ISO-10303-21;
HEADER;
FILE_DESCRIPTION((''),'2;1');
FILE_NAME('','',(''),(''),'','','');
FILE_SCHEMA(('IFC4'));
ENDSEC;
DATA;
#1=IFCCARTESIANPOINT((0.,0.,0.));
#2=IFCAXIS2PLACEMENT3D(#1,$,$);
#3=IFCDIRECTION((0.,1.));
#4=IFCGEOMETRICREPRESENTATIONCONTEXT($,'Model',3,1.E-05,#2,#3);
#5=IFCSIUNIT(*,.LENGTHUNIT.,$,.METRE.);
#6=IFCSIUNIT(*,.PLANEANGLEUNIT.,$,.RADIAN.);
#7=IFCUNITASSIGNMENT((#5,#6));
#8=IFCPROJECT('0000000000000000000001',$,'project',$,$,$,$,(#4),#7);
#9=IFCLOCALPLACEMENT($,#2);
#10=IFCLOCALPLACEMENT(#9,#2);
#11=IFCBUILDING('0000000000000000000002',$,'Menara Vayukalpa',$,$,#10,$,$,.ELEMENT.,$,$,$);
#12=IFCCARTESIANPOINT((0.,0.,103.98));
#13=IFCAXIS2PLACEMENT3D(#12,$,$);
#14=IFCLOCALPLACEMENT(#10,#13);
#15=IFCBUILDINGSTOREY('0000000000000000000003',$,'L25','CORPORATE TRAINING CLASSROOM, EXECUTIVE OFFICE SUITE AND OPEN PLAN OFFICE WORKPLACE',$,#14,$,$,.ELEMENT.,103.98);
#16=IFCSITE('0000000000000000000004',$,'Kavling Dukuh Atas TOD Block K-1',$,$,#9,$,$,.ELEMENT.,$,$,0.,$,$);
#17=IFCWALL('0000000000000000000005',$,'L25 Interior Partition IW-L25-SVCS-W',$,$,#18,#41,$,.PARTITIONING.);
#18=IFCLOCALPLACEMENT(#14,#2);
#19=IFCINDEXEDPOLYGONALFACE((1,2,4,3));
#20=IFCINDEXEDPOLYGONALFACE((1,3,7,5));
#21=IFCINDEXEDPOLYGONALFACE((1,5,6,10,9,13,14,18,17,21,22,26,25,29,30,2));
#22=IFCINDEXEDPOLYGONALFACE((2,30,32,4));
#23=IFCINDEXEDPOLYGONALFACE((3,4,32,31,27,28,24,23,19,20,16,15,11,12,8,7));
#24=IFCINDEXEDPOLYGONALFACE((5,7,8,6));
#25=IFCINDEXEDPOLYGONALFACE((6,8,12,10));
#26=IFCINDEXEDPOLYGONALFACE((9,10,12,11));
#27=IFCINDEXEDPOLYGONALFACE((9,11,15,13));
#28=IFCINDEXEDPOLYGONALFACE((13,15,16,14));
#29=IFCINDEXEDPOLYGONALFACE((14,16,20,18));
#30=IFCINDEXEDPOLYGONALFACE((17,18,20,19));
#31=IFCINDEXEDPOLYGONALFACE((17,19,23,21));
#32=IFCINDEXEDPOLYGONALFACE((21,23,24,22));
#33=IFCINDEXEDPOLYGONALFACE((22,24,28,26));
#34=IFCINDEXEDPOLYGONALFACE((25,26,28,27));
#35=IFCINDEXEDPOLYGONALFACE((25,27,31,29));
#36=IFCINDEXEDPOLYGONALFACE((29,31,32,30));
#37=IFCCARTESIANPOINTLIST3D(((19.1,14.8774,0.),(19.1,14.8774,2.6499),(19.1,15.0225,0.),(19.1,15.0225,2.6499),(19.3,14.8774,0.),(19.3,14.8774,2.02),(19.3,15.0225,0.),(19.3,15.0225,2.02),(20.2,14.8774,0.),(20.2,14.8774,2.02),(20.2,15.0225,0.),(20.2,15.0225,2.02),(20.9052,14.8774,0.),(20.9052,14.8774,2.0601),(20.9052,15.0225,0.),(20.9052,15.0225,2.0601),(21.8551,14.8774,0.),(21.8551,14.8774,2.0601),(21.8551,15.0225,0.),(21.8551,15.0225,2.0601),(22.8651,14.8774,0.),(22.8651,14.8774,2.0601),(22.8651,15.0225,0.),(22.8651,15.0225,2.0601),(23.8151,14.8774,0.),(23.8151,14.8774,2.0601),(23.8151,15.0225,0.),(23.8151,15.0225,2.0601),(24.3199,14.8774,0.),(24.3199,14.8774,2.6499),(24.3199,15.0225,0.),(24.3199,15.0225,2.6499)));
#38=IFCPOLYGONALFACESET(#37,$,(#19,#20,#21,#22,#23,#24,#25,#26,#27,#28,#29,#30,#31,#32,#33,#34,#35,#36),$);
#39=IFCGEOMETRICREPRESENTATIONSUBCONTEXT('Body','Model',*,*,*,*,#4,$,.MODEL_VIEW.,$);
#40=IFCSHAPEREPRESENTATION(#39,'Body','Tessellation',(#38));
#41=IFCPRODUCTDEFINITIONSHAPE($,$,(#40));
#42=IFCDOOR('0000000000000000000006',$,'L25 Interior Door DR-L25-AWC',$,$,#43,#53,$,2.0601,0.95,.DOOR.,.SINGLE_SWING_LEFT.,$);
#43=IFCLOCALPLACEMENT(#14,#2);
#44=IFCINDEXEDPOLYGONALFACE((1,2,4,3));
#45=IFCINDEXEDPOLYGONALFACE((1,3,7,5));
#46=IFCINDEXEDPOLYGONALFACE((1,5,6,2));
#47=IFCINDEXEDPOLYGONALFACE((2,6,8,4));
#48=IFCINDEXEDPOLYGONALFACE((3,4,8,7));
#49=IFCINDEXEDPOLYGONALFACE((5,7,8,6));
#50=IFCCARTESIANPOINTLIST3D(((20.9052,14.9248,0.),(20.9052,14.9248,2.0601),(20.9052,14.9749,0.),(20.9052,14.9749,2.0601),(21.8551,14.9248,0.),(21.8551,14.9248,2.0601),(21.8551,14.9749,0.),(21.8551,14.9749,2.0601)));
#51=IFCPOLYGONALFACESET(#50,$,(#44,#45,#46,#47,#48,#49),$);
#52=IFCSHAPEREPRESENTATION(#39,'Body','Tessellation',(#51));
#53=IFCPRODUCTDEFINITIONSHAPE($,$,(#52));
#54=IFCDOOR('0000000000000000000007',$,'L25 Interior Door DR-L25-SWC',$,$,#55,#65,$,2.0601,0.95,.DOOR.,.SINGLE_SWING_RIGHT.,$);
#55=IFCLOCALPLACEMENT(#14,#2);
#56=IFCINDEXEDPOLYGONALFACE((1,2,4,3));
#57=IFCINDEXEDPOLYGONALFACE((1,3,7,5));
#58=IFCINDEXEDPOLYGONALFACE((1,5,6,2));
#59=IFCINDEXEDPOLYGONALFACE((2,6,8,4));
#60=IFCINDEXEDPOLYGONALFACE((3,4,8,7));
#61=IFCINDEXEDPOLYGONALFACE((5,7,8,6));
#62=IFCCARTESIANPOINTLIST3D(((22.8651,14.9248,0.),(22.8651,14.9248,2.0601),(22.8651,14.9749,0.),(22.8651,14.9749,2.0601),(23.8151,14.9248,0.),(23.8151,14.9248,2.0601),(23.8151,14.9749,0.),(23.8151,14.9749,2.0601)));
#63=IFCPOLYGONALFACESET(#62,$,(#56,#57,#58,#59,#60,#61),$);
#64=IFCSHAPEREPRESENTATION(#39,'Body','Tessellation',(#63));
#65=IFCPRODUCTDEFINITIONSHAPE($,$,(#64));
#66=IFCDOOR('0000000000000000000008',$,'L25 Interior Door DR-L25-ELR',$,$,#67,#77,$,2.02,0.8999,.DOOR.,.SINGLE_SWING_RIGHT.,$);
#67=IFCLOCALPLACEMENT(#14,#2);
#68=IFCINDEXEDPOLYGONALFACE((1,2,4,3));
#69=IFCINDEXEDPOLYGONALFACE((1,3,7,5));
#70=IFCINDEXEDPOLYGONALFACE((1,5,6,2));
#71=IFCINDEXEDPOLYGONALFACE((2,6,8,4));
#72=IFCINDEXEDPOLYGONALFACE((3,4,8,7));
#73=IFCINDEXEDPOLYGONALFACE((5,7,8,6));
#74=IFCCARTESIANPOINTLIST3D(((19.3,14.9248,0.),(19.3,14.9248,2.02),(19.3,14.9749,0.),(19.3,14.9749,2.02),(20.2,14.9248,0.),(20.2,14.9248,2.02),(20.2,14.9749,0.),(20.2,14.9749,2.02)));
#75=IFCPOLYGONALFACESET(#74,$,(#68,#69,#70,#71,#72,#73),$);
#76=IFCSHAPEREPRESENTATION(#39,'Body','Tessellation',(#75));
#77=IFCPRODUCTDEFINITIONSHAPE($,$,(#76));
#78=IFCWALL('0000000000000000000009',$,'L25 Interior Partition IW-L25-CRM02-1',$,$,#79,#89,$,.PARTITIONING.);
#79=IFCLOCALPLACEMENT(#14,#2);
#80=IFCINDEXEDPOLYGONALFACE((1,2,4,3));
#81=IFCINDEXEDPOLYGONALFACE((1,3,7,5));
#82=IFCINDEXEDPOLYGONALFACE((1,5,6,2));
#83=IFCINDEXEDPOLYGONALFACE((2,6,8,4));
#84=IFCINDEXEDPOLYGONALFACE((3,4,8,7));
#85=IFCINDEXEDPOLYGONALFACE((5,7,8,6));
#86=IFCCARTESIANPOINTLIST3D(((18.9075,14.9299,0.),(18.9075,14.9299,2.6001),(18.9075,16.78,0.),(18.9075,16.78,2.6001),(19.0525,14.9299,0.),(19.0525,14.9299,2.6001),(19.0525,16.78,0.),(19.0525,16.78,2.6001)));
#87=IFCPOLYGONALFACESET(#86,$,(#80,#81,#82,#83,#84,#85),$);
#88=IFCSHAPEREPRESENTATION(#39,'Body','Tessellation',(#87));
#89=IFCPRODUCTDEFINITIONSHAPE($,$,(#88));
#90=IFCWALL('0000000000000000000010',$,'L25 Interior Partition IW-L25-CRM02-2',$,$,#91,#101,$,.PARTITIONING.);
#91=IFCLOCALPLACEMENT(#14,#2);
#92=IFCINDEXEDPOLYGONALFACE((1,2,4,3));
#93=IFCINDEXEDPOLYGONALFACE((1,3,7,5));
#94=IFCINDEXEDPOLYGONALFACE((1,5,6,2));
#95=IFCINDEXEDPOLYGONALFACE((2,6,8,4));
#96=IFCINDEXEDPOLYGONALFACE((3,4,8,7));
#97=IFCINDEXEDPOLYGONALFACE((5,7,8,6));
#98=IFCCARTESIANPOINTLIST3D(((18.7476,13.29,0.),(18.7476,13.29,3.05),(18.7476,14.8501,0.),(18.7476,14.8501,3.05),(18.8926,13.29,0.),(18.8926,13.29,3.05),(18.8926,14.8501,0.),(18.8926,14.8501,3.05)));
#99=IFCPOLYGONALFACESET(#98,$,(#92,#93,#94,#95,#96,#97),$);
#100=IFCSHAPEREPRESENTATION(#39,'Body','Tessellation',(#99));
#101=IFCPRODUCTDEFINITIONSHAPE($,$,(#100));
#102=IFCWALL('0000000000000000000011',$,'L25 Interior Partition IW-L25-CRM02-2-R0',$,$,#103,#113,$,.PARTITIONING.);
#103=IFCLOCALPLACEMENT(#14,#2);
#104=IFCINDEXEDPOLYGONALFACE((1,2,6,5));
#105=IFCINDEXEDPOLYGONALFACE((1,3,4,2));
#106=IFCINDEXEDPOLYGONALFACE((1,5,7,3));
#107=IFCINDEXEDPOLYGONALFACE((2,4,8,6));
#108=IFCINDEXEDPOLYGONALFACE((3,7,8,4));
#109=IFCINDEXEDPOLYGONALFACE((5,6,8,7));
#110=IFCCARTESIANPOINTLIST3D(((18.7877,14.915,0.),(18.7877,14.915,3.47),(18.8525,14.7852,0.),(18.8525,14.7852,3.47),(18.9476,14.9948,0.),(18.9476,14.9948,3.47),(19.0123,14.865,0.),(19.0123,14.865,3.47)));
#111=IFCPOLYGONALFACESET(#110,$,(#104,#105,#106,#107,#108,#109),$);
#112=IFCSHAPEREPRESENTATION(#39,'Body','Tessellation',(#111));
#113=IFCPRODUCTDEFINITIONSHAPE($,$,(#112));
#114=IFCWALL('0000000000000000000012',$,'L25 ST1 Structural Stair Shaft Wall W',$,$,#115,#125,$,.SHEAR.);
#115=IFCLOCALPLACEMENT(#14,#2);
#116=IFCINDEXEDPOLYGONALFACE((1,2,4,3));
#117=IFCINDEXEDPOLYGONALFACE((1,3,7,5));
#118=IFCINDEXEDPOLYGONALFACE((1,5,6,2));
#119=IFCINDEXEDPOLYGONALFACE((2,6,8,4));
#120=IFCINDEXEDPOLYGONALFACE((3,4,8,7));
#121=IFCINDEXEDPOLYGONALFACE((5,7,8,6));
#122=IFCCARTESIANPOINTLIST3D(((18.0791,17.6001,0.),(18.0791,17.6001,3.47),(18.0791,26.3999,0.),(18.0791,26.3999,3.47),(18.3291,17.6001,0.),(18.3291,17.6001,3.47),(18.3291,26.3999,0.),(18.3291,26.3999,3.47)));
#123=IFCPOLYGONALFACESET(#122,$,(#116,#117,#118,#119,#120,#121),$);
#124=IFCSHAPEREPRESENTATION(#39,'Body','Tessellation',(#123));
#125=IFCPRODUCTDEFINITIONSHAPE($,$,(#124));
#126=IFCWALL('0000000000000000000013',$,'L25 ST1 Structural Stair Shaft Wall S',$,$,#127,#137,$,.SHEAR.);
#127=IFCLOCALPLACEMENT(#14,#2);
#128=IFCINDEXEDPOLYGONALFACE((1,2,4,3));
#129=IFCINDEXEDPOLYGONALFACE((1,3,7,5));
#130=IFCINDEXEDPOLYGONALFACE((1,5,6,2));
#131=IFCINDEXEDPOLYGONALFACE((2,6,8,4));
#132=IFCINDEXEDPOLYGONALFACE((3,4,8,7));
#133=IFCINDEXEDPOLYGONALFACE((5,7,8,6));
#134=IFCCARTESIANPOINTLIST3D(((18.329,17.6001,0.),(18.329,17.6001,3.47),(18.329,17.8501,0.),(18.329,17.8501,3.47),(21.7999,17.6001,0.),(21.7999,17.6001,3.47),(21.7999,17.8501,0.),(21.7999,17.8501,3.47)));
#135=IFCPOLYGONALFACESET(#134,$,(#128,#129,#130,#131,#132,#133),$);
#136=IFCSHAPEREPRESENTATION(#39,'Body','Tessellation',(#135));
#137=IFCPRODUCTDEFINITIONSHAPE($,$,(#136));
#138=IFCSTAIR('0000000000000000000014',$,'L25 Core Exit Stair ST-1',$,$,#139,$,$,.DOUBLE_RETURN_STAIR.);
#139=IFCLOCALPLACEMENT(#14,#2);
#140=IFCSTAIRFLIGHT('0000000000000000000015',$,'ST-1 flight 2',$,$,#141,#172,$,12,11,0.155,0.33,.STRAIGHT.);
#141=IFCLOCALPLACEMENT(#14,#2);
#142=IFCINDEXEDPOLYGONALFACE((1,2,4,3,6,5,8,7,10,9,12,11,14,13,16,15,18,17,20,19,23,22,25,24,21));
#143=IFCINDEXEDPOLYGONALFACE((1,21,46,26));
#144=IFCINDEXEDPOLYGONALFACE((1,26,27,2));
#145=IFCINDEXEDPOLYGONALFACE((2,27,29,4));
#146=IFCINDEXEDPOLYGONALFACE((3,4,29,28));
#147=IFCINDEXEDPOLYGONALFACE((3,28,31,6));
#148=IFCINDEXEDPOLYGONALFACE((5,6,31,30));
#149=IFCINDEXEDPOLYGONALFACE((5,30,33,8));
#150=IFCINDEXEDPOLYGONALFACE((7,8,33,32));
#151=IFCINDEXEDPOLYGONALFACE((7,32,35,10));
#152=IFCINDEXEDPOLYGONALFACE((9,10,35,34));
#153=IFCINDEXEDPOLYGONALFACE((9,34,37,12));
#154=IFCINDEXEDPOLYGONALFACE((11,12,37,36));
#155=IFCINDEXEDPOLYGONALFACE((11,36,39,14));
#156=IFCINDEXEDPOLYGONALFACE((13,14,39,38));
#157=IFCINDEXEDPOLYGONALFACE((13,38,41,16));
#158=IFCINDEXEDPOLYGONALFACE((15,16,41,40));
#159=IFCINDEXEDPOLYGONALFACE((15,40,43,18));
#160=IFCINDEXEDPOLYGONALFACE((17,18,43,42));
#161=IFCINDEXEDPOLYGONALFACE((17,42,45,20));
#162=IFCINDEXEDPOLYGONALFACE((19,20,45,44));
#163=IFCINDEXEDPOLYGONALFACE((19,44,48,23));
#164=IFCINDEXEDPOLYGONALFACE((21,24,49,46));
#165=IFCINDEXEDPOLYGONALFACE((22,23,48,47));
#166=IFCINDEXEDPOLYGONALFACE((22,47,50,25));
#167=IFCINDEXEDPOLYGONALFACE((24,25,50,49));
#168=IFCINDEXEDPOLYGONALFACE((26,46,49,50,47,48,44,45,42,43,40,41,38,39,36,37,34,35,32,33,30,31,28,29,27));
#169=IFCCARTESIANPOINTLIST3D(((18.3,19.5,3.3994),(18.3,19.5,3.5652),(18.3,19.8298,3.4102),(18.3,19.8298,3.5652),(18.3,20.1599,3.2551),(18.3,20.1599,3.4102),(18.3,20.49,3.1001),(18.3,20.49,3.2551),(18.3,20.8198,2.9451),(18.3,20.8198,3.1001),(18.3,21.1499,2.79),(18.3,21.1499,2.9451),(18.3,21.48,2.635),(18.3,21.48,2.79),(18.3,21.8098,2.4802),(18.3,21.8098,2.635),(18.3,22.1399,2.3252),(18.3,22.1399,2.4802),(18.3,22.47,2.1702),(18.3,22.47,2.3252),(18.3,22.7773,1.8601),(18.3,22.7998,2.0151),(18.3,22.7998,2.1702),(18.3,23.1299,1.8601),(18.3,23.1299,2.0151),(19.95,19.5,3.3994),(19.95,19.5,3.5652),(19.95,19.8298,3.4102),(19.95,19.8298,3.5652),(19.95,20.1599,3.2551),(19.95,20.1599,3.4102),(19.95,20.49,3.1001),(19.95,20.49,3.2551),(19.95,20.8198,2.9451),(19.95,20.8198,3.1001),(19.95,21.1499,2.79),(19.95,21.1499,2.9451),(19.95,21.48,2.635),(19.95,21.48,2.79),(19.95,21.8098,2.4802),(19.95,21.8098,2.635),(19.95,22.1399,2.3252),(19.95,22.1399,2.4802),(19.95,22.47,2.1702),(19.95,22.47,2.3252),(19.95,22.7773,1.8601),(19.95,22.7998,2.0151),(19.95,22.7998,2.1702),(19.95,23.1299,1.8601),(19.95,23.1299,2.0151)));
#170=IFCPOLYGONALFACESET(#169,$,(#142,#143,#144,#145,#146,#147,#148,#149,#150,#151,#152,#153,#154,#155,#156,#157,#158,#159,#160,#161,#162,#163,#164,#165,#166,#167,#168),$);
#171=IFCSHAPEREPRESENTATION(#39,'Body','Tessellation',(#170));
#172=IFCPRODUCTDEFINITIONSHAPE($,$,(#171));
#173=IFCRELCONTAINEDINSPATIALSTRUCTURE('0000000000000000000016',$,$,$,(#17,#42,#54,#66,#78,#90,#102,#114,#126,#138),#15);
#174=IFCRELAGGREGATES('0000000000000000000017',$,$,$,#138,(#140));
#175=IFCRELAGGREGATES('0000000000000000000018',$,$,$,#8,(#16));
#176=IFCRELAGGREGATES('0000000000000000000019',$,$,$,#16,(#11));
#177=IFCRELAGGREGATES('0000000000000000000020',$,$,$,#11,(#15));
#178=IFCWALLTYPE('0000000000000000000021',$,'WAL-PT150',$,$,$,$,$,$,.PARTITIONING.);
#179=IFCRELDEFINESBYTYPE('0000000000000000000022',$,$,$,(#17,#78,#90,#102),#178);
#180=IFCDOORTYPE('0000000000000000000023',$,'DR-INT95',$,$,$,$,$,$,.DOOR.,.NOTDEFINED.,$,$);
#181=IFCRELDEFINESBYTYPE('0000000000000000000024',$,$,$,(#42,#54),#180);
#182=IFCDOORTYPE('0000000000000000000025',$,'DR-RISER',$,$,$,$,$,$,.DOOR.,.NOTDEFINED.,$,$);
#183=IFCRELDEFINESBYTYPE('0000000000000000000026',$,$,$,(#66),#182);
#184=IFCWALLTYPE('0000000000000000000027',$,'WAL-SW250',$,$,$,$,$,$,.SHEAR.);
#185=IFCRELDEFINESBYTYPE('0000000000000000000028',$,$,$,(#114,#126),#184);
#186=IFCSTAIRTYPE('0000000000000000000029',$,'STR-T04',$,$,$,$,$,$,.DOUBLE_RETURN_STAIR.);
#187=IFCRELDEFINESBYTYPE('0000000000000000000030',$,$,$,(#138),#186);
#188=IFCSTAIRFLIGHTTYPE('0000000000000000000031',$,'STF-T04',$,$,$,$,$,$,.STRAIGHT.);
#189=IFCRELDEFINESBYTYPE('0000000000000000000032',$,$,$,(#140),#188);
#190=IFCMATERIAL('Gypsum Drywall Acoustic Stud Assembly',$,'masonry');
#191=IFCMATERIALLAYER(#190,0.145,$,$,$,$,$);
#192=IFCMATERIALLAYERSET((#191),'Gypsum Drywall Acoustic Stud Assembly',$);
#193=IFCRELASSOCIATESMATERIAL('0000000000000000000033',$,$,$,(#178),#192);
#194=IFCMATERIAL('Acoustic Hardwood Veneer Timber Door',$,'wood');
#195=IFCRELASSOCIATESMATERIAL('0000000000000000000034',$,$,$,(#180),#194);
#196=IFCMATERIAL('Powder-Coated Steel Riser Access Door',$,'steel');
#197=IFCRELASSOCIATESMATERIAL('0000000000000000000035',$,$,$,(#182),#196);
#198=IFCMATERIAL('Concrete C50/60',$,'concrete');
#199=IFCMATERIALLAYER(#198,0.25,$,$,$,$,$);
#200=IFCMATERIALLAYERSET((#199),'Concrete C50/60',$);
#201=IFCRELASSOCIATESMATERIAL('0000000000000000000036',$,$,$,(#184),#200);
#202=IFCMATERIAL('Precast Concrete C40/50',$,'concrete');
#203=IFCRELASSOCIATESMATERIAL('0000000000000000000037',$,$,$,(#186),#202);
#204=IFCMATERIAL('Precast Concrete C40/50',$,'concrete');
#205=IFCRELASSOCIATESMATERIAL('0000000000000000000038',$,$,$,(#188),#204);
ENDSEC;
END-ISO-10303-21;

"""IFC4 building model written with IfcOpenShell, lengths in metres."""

from ifc_helpers import new_model, si_unit, direction, frame, frame_2d, origin, place, context, subcontext, project, spatial, polyline, rectangle, outline, extrude, material, layer, layer_set, type_object, element, fill, aggregate, save


model = new_model("IFC4")

# Units and contexts
model_context = context("Model", 3, precision=1e-05, world=origin(), true_north=direction((0.0, 1.0)))
body_context = subcontext(model_context, "Body", "Model", "MODEL_VIEW")
ifc_project = project(units=[si_unit("LENGTHUNIT", "METRE"), si_unit("PLANEANGLEUNIT", "RADIAN")], contexts=[model_context])

# Site, building, storey
site_placement = place(None, origin())
site = spatial("IfcSite", under=ifc_project, at=site_placement, Name="Kavling Dukuh Atas TOD Block K-1", CompositionType="ELEMENT", RefElevation=0.0)
building_placement = place(site_placement, origin())
building = spatial("IfcBuilding", under=site, at=building_placement, Name="Menara Vayukalpa", CompositionType="ELEMENT")
storey_placement = place(building_placement, frame((0.0, 0.0, 103.98)))
storey = spatial("IfcBuildingStorey", under=building, at=storey_placement, Name="L25", Description="CORPORATE TRAINING CLASSROOM, EXECUTIVE OFFICE SUITE AND OPEN PLAN OFFICE WORKPLACE", CompositionType="ELEMENT", Elevation=103.98)

# Wall, openings, doors
ifc_material_1 = material(Name="Gypsum Drywall Acoustic Stud Assembly", Category="masonry")
ifc_layer_1 = layer(ifc_material_1, 0.145)
ifc_layer_set_1 = layer_set([ifc_layer_1], Name="Gypsum Drywall Acoustic Stud Assembly")
wall_type_1 = type_object("IfcWallType", Name="WAL-PT150", PredefinedType="PARTITIONING", material=ifc_layer_set_1)
wall_1_placement = place(storey_placement, frame((19.1001, 14.95, 0.0), z_axis=(0.0, 0.0, 1.0), x_axis=(1.0, 0.0, 0.0)))
wall_1 = element("IfcWall", 1, at=wall_1_placement, inside=storey, type_object=wall_type_1, Name="L25 Interior Partition IW-L25-SVCS-W", PredefinedType="PARTITIONING", context=body_context, shape_type="SweptSolid", body=[
    extrude(rectangle(XDim=5.22, YDim=0.145, at=frame_2d((2.6099, 0.0))), origin(), (0.0, 0.0, 1.0), 2.6499),
])
opening_1_placement = place(wall_1_placement, frame((0.2, 0.0, 0.0)))
opening_1 = element("IfcOpeningElement", 2, at=opening_1_placement, cuts=wall_1, PredefinedType="OPENING", context=body_context, shape_type="SweptSolid", body=[
    extrude(rectangle(XDim=0.8999, YDim=2.02, at=frame_2d((0.45, 1.01))), frame((0.0, 0.0825, 0.0), z_axis=(0.0, -1.0, 0.0), x_axis=(1.0, 0.0, 0.0)), (0.0, 0.0, 1.0), 0.165),
])
opening_2_placement = place(wall_1_placement, frame((1.8049, 0.0, 0.0)))
opening_2 = element("IfcOpeningElement", 3, at=opening_2_placement, cuts=wall_1, PredefinedType="OPENING", context=body_context, shape_type="SweptSolid", body=[
    extrude(rectangle(XDim=0.95, YDim=2.0601, at=frame_2d((0.4751, 1.03))), frame((0.0, 0.0825, 0.0), z_axis=(0.0, -1.0, 0.0), x_axis=(1.0, 0.0, 0.0)), (0.0, 0.0, 1.0), 0.165),
])
opening_3_placement = place(wall_1_placement, frame((3.7649, 0.0, 0.0)))
opening_3 = element("IfcOpeningElement", 4, at=opening_3_placement, cuts=wall_1, PredefinedType="OPENING", context=body_context, shape_type="SweptSolid", body=[
    extrude(rectangle(XDim=0.95, YDim=2.0601, at=frame_2d((0.4751, 1.03))), frame((0.0, 0.0825, 0.0), z_axis=(0.0, -1.0, 0.0), x_axis=(1.0, 0.0, 0.0)), (0.0, 0.0, 1.0), 0.165),
])
ifc_material_2 = material(Name="Acoustic Hardwood Veneer Timber Door", Category="wood")
door_type_1 = type_object("IfcDoorType", Name="DR-INT95", OperationType="NOTDEFINED", PredefinedType="DOOR", material=ifc_material_2)
door_1_placement = place(opening_2_placement, origin())
door_1 = element("IfcDoor", 5, at=door_1_placement, inside=storey, type_object=door_type_1, Name="L25 Interior Door DR-L25-AWC", OperationType="SINGLE_SWING_LEFT", OverallHeight=2.0601, OverallWidth=0.95, PredefinedType="DOOR", context=body_context, shape_type="SweptSolid", body=[
    extrude(rectangle(XDim=0.95, YDim=2.0601, at=frame_2d((0.4751, 1.03))), frame((0.0, 0.0249, 0.0), z_axis=(0.0, -1.0, 0.0), x_axis=(1.0, 0.0, 0.0)), (0.0, 0.0, 1.0), 0.05),
])
fill(opening_2, door_1)
door_2_placement = place(opening_3_placement, origin())
door_2 = element("IfcDoor", 6, at=door_2_placement, inside=storey, type_object=door_type_1, Name="L25 Interior Door DR-L25-SWC", OperationType="SINGLE_SWING_RIGHT", OverallHeight=2.0601, OverallWidth=0.95, PredefinedType="DOOR", context=body_context, shape_type="SweptSolid", body=[
    extrude(rectangle(XDim=0.95, YDim=2.0601, at=frame_2d((0.4751, 1.03))), frame((0.0, 0.0249, 0.0), z_axis=(0.0, -1.0, 0.0), x_axis=(1.0, 0.0, 0.0)), (0.0, 0.0, 1.0), 0.05),
])
fill(opening_3, door_2)
ifc_material_3 = material(Name="Powder-Coated Steel Riser Access Door", Category="steel")
door_type_2 = type_object("IfcDoorType", Name="DR-RISER", OperationType="NOTDEFINED", PredefinedType="DOOR", material=ifc_material_3)
door_3_placement = place(opening_1_placement, origin())
door_3 = element("IfcDoor", 7, at=door_3_placement, inside=storey, type_object=door_type_2, Name="L25 Interior Door DR-L25-ELR", OperationType="SINGLE_SWING_RIGHT", OverallHeight=2.02, OverallWidth=0.8999, PredefinedType="DOOR", context=body_context, shape_type="SweptSolid", body=[
    extrude(rectangle(XDim=0.8999, YDim=2.02, at=frame_2d((0.45, 1.01))), frame((0.0, 0.0249, 0.0), z_axis=(0.0, -1.0, 0.0), x_axis=(1.0, 0.0, 0.0)), (0.0, 0.0, 1.0), 0.05),
])
fill(opening_1, door_3)

# Walls
wall_2_placement = place(storey_placement, frame((18.98, 16.78, 0.0), z_axis=(0.0, 0.0, 1.0), x_axis=(0.0, -1.0, 0.0)))
element("IfcWall", 8, at=wall_2_placement, inside=storey, type_object=wall_type_1, Name="L25 Interior Partition IW-L25-CRM02-1", PredefinedType="PARTITIONING", context=body_context, shape_type="SweptSolid", body=[
    extrude(rectangle(XDim=1.8501, YDim=0.145, at=frame_2d((0.925, 0.0))), origin(), (0.0, 0.0, 1.0), 2.6001),
])
wall_3_placement = place(storey_placement, frame((18.8201, 14.8501, 0.0), z_axis=(0.0, 0.0, 1.0), x_axis=(0.0, -1.0, 0.0)))
element("IfcWall", 9, at=wall_3_placement, inside=storey, type_object=wall_type_1, Name="L25 Interior Partition IW-L25-CRM02-2", PredefinedType="PARTITIONING", context=body_context, shape_type="SweptSolid", body=[
    extrude(rectangle(XDim=1.5601, YDim=0.145, at=frame_2d((0.78, 0.0))), origin(), (0.0, 0.0, 1.0), 3.05),
])
wall_4_placement = place(storey_placement, frame((18.8201, 14.8501, 0.0), z_axis=(0.0, 0.0, 1.0), x_axis=(0.8947, 0.446667, 0.0)))
element("IfcWall", 10, at=wall_4_placement, inside=storey, type_object=wall_type_1, Name="L25 Interior Partition IW-L25-CRM02-2-R0", PredefinedType="PARTITIONING", context=body_context, shape_type="SweptSolid", body=[
    extrude(rectangle(XDim=0.1787, YDim=0.145, at=frame_2d((0.0894, 0.0))), origin(), (0.0, 0.0, 1.0), 3.47),
])
ifc_material_4 = material(Name="Concrete C50/60", Category="concrete")
ifc_layer_2 = layer(ifc_material_4, 0.25)
ifc_layer_set_2 = layer_set([ifc_layer_2], Name="Concrete C50/60")
wall_type_2 = type_object("IfcWallType", Name="WAL-SW250", PredefinedType="SHEAR", material=ifc_layer_set_2)
wall_5_placement = place(storey_placement, frame((18.2041, 17.6001, 0.0), z_axis=(0.0, 0.0, 1.0), x_axis=(0.0, 1.0, 0.0)))
element("IfcWall", 11, at=wall_5_placement, inside=storey, type_object=wall_type_2, Name="L25 ST1 Structural Stair Shaft Wall W", PredefinedType="SHEAR", context=body_context, shape_type="SweptSolid", body=[
    extrude(rectangle(XDim=8.7998, YDim=0.25, at=frame_2d((4.3999, 0.0))), origin(), (0.0, 0.0, 1.0), 3.47),
])
wall_6_placement = place(storey_placement, frame((18.3291, 17.7251, 0.0), z_axis=(0.0, 0.0, 1.0), x_axis=(1.0, 0.0, 0.0)))
element("IfcWall", 12, at=wall_6_placement, inside=storey, type_object=wall_type_2, Name="L25 ST1 Structural Stair Shaft Wall S", PredefinedType="SHEAR", context=body_context, shape_type="SweptSolid", body=[
    extrude(rectangle(XDim=3.4709, YDim=0.25, at=frame_2d((1.7354, 0.0))), origin(), (0.0, 0.0, 1.0), 3.47),
])

# Stair, stair flight
ifc_material_5 = material(Name="Precast Concrete C40/50", Category="concrete")
stair_type = type_object("IfcStairType", Name="STR-T04", PredefinedType="DOUBLE_RETURN_STAIR", material=ifc_material_5)
stair_placement = place(storey_placement, origin())
stair = element("IfcStair", 13, at=stair_placement, inside=storey, type_object=stair_type, Name="L25 Core Exit Stair ST-1", PredefinedType="DOUBLE_RETURN_STAIR")
ifc_material_6 = material(Name="Precast Concrete C40/50", Category="concrete")
stair_flight_type = type_object("IfcStairFlightType", Name="STF-T04", PredefinedType="STRAIGHT", material=ifc_material_6)
stair_flight_placement = place(storey_placement, frame((19.125, 23.1299, 1.8601), z_axis=(0.0, 0.0, 1.0), x_axis=(0.0, -1.0, 0.0)))
stair_flight = element("IfcStairFlight", 14, at=stair_flight_placement, type_object=stair_flight_type, Name="ST-1 flight 2", NumberOfRisers=12, NumberOfTreads=11, PredefinedType="STRAIGHT", RiserHeight=0.155, TreadLength=0.33, context=body_context, shape_type="SweptSolid", body=[
    extrude(outline(polyline([(0.0, 0.0), (0.0, 0.155), (0.3301, 0.155), (0.3301, 0.3101), (0.6599, 0.3101), (0.6599, 0.4651), (0.99, 0.4651), (0.99, 0.6201), (1.3201, 0.6201), (1.3201, 0.7749), (1.6499, 0.7749), (1.6499, 0.9299), (1.98, 0.9299), (1.98, 1.085), (2.3101, 1.085), (2.3101, 1.24), (2.6399, 1.24), (2.6399, 1.395), (2.97, 1.395), (2.97, 1.55), (3.3, 1.55), (3.3, 1.7051), (3.6299, 1.7051), (3.6299, 1.8601), (3.6299, 1.5393), (0.3525, 0.0), (0.0, 0.0)])), frame((0.0, 0.825, 0.0), z_axis=(0.0, -1.0, 0.0), x_axis=(1.0, 0.0, 0.0)), (0.0, 0.0, 1.0), 1.6499),
])
aggregate(stair, [stair_flight])

save(model, "model.ifc")
